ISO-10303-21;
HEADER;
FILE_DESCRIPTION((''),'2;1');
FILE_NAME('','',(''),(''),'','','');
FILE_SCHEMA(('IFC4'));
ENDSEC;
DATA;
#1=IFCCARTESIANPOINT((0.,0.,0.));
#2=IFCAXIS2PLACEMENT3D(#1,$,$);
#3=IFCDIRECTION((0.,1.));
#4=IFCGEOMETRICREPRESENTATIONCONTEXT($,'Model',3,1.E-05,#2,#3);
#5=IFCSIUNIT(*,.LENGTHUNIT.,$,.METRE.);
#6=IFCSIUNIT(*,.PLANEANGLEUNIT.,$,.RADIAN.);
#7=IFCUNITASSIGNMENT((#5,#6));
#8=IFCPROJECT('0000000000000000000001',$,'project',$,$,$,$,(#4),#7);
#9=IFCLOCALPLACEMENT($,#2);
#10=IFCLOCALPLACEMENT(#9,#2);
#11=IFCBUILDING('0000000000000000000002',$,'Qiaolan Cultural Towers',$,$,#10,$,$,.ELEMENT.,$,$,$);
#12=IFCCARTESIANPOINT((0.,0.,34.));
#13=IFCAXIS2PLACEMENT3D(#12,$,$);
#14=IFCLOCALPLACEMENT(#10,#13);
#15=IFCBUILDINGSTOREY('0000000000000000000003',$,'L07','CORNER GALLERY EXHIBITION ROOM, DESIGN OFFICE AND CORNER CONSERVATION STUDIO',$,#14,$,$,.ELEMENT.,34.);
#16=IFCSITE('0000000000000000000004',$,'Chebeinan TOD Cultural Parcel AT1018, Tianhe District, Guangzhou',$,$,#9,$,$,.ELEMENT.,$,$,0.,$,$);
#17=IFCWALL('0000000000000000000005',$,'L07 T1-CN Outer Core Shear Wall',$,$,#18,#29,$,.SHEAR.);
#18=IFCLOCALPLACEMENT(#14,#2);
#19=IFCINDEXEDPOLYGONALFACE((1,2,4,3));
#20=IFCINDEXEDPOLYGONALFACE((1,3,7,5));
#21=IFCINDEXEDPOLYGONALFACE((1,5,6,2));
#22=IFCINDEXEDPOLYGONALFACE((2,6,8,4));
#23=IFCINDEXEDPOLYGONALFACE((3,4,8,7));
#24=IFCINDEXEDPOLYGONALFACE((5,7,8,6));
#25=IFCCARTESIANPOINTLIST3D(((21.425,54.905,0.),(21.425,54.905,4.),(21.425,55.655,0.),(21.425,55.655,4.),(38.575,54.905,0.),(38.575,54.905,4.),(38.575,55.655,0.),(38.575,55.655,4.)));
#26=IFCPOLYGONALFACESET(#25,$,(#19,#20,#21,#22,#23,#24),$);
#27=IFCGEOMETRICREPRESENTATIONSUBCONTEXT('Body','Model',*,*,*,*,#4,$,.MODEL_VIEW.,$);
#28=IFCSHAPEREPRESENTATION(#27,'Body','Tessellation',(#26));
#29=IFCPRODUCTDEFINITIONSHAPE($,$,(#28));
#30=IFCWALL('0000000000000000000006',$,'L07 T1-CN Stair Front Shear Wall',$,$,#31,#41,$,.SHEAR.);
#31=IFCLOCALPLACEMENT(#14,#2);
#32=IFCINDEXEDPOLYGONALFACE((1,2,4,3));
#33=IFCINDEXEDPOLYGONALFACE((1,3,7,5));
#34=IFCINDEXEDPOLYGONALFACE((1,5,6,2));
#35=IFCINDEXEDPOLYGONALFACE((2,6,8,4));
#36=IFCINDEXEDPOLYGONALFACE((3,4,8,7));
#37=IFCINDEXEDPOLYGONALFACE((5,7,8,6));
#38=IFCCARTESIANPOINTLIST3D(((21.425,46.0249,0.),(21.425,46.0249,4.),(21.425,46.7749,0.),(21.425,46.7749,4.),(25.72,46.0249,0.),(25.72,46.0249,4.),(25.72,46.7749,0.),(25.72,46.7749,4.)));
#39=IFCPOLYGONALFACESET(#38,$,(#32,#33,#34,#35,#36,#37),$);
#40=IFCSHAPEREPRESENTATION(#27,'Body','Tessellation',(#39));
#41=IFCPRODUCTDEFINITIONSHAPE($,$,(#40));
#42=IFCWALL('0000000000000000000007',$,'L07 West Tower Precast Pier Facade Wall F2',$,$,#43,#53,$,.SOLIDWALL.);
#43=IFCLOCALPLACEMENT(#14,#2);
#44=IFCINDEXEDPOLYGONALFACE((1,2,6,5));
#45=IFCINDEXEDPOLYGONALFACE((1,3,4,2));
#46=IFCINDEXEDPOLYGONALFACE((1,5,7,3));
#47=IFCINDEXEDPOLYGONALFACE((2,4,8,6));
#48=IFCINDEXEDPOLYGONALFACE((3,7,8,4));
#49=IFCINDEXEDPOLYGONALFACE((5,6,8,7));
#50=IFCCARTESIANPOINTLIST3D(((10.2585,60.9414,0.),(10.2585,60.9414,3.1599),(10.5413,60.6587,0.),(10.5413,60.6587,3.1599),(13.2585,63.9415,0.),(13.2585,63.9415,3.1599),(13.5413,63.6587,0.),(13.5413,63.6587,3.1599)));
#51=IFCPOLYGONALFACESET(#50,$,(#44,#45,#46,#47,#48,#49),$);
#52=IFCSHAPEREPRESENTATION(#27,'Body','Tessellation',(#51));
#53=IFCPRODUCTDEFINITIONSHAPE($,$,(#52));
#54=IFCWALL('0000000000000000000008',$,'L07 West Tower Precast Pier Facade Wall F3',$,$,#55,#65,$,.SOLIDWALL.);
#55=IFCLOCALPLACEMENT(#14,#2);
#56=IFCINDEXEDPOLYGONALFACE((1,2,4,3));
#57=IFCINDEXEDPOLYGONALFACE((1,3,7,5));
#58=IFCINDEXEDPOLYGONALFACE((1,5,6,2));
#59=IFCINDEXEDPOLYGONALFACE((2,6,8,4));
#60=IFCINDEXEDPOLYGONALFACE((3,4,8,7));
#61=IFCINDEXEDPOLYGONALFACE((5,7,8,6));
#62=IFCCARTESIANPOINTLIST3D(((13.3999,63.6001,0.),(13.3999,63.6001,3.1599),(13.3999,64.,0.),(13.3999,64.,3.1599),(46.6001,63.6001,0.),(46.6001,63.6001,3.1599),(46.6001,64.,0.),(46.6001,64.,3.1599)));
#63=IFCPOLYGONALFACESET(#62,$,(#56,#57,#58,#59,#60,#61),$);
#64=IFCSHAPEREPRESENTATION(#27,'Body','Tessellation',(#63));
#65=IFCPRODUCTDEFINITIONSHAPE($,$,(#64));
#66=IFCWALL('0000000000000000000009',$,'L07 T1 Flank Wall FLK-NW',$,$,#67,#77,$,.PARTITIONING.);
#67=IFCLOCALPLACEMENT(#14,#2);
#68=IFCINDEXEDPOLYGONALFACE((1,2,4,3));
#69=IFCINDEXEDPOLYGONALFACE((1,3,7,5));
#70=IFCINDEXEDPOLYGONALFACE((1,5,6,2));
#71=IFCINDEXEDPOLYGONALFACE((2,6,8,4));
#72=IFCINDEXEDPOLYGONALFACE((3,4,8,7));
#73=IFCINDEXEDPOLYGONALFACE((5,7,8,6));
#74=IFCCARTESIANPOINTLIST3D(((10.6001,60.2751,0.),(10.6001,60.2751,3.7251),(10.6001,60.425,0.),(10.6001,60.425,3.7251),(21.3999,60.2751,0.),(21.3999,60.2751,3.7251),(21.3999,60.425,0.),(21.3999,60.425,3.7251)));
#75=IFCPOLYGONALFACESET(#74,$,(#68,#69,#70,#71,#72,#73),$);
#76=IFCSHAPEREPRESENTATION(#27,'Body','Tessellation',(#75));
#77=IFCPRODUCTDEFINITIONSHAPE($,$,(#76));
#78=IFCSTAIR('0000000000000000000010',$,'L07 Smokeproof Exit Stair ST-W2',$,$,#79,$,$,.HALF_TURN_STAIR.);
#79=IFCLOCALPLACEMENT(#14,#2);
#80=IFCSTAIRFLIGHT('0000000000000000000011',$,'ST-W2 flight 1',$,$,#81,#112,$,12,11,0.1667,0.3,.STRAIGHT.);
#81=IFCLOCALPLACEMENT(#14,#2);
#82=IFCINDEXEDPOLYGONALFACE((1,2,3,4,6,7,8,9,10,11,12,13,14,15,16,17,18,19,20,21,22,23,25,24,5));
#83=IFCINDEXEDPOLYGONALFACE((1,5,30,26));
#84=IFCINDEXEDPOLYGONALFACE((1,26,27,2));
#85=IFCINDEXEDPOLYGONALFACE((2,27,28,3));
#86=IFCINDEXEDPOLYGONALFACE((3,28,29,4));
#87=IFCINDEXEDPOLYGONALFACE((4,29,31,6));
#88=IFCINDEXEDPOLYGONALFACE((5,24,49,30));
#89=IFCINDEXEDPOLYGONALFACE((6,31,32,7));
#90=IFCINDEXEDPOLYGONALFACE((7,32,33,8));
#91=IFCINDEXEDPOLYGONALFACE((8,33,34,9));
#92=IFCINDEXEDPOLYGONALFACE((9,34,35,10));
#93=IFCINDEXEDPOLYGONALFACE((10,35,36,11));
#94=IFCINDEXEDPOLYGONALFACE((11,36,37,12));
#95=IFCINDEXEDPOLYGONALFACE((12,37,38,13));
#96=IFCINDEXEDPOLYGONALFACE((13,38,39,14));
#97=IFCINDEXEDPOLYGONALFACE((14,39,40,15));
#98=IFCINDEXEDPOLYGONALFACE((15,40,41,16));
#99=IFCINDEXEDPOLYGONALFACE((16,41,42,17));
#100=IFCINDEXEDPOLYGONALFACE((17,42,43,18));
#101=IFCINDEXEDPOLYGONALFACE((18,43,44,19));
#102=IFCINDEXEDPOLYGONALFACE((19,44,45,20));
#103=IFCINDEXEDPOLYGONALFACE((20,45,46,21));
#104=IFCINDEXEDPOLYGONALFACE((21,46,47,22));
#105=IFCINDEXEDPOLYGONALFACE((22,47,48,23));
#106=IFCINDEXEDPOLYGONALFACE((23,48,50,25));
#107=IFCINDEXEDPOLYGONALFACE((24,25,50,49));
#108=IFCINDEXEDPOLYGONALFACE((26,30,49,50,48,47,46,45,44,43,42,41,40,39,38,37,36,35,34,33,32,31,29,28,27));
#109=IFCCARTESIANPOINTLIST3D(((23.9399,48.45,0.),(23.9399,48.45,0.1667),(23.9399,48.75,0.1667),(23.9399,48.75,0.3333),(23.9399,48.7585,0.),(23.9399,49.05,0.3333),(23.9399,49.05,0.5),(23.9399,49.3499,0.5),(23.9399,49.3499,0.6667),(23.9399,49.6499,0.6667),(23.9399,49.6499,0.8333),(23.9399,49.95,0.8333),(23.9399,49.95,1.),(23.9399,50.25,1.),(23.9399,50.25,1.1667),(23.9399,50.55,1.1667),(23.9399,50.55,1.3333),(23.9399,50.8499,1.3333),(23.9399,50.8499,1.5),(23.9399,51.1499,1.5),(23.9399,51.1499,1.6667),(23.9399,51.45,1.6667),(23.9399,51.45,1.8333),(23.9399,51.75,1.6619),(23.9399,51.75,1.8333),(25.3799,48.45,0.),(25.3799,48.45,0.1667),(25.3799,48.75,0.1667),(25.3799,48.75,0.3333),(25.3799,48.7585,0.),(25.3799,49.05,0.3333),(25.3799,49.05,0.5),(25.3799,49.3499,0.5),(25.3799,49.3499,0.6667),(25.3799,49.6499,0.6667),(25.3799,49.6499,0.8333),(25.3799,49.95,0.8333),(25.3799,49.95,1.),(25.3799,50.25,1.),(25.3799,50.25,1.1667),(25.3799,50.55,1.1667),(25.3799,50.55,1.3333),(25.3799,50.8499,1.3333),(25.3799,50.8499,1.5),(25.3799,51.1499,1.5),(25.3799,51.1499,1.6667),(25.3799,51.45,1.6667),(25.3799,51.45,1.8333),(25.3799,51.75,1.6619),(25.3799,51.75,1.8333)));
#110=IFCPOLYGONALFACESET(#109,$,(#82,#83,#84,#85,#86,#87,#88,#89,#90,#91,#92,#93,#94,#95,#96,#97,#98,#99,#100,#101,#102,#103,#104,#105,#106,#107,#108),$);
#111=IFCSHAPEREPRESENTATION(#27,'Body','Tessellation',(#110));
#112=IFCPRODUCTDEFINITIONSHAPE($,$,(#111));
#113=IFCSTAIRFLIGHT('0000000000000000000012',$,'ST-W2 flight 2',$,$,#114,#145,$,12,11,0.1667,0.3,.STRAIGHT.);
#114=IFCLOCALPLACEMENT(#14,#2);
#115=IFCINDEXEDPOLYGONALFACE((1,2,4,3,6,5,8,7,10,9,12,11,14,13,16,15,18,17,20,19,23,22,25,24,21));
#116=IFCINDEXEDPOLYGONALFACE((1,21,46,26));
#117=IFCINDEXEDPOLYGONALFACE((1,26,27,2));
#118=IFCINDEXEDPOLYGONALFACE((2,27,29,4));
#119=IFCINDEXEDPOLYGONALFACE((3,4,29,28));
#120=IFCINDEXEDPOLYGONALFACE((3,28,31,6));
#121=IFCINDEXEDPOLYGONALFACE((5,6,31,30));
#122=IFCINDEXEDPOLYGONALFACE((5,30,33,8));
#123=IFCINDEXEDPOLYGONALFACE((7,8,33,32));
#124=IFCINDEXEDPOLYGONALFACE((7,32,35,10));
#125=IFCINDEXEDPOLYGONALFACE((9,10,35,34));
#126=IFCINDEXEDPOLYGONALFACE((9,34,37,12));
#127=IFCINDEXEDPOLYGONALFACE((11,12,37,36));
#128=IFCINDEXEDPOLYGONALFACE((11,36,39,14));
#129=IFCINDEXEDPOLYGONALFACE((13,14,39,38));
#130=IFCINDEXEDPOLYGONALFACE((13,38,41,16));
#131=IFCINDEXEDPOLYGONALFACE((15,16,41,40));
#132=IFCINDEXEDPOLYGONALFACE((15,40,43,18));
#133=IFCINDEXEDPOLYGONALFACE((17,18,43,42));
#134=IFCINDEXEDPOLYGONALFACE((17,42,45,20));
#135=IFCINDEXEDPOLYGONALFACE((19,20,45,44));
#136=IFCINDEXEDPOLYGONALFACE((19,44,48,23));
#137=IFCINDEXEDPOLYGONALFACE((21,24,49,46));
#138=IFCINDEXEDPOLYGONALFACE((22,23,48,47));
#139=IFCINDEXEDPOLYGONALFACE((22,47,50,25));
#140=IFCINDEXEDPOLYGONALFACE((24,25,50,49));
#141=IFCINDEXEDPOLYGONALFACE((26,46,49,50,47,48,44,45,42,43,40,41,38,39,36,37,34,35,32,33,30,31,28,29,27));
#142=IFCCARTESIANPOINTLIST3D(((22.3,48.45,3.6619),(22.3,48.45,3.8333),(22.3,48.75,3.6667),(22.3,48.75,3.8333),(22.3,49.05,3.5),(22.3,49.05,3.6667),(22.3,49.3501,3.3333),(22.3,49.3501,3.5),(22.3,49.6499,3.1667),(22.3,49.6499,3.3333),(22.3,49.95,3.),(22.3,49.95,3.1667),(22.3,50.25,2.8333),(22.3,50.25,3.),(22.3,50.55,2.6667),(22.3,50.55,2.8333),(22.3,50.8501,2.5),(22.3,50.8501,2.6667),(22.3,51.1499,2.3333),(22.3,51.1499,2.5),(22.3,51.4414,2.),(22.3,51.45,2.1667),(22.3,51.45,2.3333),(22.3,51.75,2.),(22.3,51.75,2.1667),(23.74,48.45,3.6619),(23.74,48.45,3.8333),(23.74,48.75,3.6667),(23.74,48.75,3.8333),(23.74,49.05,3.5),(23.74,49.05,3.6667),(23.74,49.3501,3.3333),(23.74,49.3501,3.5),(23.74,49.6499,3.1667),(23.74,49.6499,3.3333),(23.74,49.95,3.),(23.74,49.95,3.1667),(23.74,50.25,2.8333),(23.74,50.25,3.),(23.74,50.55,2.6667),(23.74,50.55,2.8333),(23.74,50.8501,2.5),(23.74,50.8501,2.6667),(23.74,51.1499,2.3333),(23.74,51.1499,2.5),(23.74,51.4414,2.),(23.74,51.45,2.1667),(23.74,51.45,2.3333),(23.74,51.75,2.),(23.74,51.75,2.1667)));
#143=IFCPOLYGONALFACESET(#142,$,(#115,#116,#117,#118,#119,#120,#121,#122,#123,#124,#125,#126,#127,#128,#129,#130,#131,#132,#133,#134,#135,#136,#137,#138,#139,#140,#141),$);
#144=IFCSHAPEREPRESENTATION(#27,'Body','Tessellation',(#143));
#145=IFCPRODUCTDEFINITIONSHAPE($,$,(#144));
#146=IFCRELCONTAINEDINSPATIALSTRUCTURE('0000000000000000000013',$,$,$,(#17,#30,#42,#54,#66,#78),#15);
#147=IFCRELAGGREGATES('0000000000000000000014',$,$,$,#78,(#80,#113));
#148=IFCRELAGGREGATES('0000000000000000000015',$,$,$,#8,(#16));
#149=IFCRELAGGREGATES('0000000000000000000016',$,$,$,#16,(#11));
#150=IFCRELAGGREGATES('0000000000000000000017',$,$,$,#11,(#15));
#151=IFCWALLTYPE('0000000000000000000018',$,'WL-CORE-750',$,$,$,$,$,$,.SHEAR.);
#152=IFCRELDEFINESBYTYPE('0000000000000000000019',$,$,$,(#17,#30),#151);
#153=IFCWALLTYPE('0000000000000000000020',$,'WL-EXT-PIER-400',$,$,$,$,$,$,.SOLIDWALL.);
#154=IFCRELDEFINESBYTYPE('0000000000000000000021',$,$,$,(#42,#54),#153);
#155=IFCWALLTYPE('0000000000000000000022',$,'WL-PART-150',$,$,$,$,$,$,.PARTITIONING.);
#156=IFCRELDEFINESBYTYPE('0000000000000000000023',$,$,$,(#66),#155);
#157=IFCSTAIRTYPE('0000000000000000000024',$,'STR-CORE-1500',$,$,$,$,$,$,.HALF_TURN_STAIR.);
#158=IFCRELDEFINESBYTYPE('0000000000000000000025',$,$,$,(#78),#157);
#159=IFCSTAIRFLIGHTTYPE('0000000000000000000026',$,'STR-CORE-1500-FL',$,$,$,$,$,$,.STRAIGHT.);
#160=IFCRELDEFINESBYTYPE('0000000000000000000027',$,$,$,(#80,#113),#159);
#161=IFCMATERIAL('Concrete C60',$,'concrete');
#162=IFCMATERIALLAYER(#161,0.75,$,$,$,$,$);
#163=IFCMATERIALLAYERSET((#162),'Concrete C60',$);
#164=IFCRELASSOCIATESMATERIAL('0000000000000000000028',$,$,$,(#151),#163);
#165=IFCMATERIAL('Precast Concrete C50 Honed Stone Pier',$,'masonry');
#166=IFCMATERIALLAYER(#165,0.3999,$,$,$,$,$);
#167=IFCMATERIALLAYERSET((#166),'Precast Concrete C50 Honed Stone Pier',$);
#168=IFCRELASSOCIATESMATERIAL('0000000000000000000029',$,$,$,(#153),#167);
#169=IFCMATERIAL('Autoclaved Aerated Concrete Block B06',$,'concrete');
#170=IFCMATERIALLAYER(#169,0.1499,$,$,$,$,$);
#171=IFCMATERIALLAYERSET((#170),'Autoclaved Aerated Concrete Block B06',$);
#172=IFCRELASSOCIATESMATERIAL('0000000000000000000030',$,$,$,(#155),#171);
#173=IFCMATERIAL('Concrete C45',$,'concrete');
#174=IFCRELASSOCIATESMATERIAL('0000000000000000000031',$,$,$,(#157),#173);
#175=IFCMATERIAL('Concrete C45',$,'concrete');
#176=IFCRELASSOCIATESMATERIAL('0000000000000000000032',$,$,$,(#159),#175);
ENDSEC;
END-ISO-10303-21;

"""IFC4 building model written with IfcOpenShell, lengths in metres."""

from ifc_helpers import new_model, si_unit, direction, frame, frame_2d, origin, place, context, subcontext, project, spatial, polyline, rectangle, outline, extrude, material, layer, layer_set, type_object, element, aggregate, save


model = new_model("IFC4")

# Units and contexts
model_context = context("Model", 3, precision=1e-05, world=origin(), true_north=direction((0.0, 1.0)))
body_context = subcontext(model_context, "Body", "Model", "MODEL_VIEW")
ifc_project = project(units=[si_unit("LENGTHUNIT", "METRE"), si_unit("PLANEANGLEUNIT", "RADIAN")], contexts=[model_context])

# Site, building, storey
site_placement = place(None, origin())
site = spatial("IfcSite", under=ifc_project, at=site_placement, Name="Chebeinan TOD Cultural Parcel AT1018, Tianhe District, Guangzhou", CompositionType="ELEMENT", RefElevation=0.0)
building_placement = place(site_placement, origin())
building = spatial("IfcBuilding", under=site, at=building_placement, Name="Qiaolan Cultural Towers", CompositionType="ELEMENT")
storey_placement = place(building_placement, frame((0.0, 0.0, 34.0)))
storey = spatial("IfcBuildingStorey", under=building, at=storey_placement, Name="L07", Description="CORNER GALLERY EXHIBITION ROOM, DESIGN OFFICE AND CORNER CONSERVATION STUDIO", CompositionType="ELEMENT", Elevation=34.0)

# Walls
ifc_material_1 = material(Name="Concrete C60", Category="concrete")
ifc_layer_1 = layer(ifc_material_1, 0.75)
ifc_layer_set_1 = layer_set([ifc_layer_1], Name="Concrete C60")
wall_type_1 = type_object("IfcWallType", Name="WL-CORE-750", PredefinedType="SHEAR", material=ifc_layer_set_1)
wall_1_placement = place(storey_placement, frame((21.425, 55.28, 0.0), z_axis=(0.0, 0.0, 1.0), x_axis=(1.0, 0.0, 0.0)))
element("IfcWall", 1, at=wall_1_placement, inside=storey, type_object=wall_type_1, Name="L07 T1-CN Outer Core Shear Wall", PredefinedType="SHEAR", context=body_context, shape_type="SweptSolid", body=[
    extrude(rectangle(XDim=17.1499, YDim=0.75, at=frame_2d((8.575, 0.0))), origin(), (0.0, 0.0, 1.0), 4.0),
])
wall_2_placement = place(storey_placement, frame((21.425, 46.3999, 0.0), z_axis=(0.0, 0.0, 1.0), x_axis=(1.0, 0.0, 0.0)))
element("IfcWall", 2, at=wall_2_placement, inside=storey, type_object=wall_type_1, Name="L07 T1-CN Stair Front Shear Wall", PredefinedType="SHEAR", context=body_context, shape_type="SweptSolid", body=[
    extrude(rectangle(XDim=4.2949, YDim=0.75, at=frame_2d((2.1475, 0.0))), origin(), (0.0, 0.0, 1.0), 4.0),
])
ifc_material_2 = material(Name="Precast Concrete C50 Honed Stone Pier", Category="masonry")
ifc_layer_2 = layer(ifc_material_2, 0.3999)
ifc_layer_set_2 = layer_set([ifc_layer_2], Name="Precast Concrete C50 Honed Stone Pier")
wall_type_2 = type_object("IfcWallType", Name="WL-EXT-PIER-400", PredefinedType="SOLIDWALL", material=ifc_layer_set_2)
wall_3_placement = place(storey_placement, frame((10.3999, 60.8, 0.0), z_axis=(0.0, 0.0, 1.0), x_axis=(0.707107, 0.707107, 0.0)))
element("IfcWall", 3, at=wall_3_placement, inside=storey, type_object=wall_type_2, Name="L07 West Tower Precast Pier Facade Wall F2", PredefinedType="SOLIDWALL", context=body_context, shape_type="SweptSolid", body=[
    extrude(rectangle(XDim=4.2427, YDim=0.3999, at=frame_2d((2.1213, 0.0))), origin(), (0.0, 0.0, 1.0), 3.1599),
])
wall_4_placement = place(storey_placement, frame((13.3999, 63.8, 0.0), z_axis=(0.0, 0.0, 1.0), x_axis=(1.0, 0.0, 0.0)))
element("IfcWall", 4, at=wall_4_placement, inside=storey, type_object=wall_type_2, Name="L07 West Tower Precast Pier Facade Wall F3", PredefinedType="SOLIDWALL", context=body_context, shape_type="SweptSolid", body=[
    extrude(rectangle(XDim=33.2002, YDim=0.3999, at=frame_2d((16.6001, 0.0))), origin(), (0.0, 0.0, 1.0), 3.1599),
])
ifc_material_3 = material(Name="Autoclaved Aerated Concrete Block B06", Category="concrete")
ifc_layer_3 = layer(ifc_material_3, 0.1499)
ifc_layer_set_3 = layer_set([ifc_layer_3], Name="Autoclaved Aerated Concrete Block B06")
wall_type_3 = type_object("IfcWallType", Name="WL-PART-150", PredefinedType="PARTITIONING", material=ifc_layer_set_3)
wall_5_placement = place(storey_placement, frame((10.6001, 60.3501, 0.0), z_axis=(0.0, 0.0, 1.0), x_axis=(1.0, 0.0, 0.0)))
element("IfcWall", 5, at=wall_5_placement, inside=storey, type_object=wall_type_3, Name="L07 T1 Flank Wall FLK-NW", PredefinedType="PARTITIONING", context=body_context, shape_type="SweptSolid", body=[
    extrude(rectangle(XDim=10.7998, YDim=0.1499, at=frame_2d((5.3999, 0.0))), origin(), (0.0, 0.0, 1.0), 3.7251),
])

# Stair, stair flights
ifc_material_4 = material(Name="Concrete C45", Category="concrete")
stair_type = type_object("IfcStairType", Name="STR-CORE-1500", PredefinedType="HALF_TURN_STAIR", material=ifc_material_4)
stair_placement = place(storey_placement, origin())
stair = element("IfcStair", 6, at=stair_placement, inside=storey, type_object=stair_type, Name="L07 Smokeproof Exit Stair ST-W2", PredefinedType="HALF_TURN_STAIR")
ifc_material_5 = material(Name="Concrete C45", Category="concrete")
stair_flight_type = type_object("IfcStairFlightType", Name="STR-CORE-1500-FL", PredefinedType="STRAIGHT", material=ifc_material_5)
stair_flight_1_placement = place(storey_placement, frame((24.6599, 48.45, 0.0), z_axis=(0.0, 0.0, 1.0), x_axis=(0.0, 1.0, 0.0)))
stair_flight_1 = element("IfcStairFlight", 7, at=stair_flight_1_placement, type_object=stair_flight_type, Name="ST-W2 flight 1", NumberOfRisers=12, NumberOfTreads=11, PredefinedType="STRAIGHT", RiserHeight=0.1667, TreadLength=0.3, context=body_context, shape_type="SweptSolid", body=[
    extrude(outline(polyline([(0.0, 0.0), (0.0, 0.1667), (0.3, 0.1667), (0.3, 0.3333), (0.6001, 0.3333), (0.6001, 0.5), (0.8999, 0.5), (0.8999, 0.6667), (1.2, 0.6667), (1.2, 0.8333), (1.5, 0.8333), (1.5, 1.0), (1.8, 1.0), (1.8, 1.1667), (2.1001, 1.1667), (2.1001, 1.3333), (2.3999, 1.3333), (2.3999, 1.5), (2.7, 1.5), (2.7, 1.6667), (3.0, 1.6667), (3.0, 1.8333), (3.3, 1.8333), (3.3, 2.0), (3.3, 1.6619), (0.3086, 0.0), (0.0, 0.0)])), frame((0.0, 0.72, 0.0), z_axis=(0.0, -1.0, 0.0), x_axis=(1.0, 0.0, 0.0)), (0.0, 0.0, 1.0), 1.4399),
])
stair_flight_2_placement = place(storey_placement, frame((23.02, 51.75, 2.0), z_axis=(0.0, 0.0, 1.0), x_axis=(0.0, -1.0, 0.0)))
stair_flight_2 = element("IfcStairFlight", 8, at=stair_flight_2_placement, type_object=stair_flight_type, Name="ST-W2 flight 2", NumberOfRisers=12, NumberOfTreads=11, PredefinedType="STRAIGHT", RiserHeight=0.1667, TreadLength=0.3, context=body_context, shape_type="SweptSolid", body=[
    extrude(outline(polyline([(0.0, 0.0), (0.0, 0.1667), (0.3, 0.1667), (0.3, 0.3333), (0.6001, 0.3333), (0.6001, 0.5), (0.8999, 0.5), (0.8999, 0.6667), (1.2, 0.6667), (1.2, 0.8333), (1.5, 0.8333), (1.5, 1.0), (1.8, 1.0), (1.8, 1.1667), (2.1001, 1.1667), (2.1001, 1.3333), (2.3999, 1.3333), (2.3999, 1.5), (2.7, 1.5), (2.7, 1.6667), (3.0, 1.6667), (3.0, 1.8333), (3.3, 1.8333), (3.3, 2.0), (3.3, 1.6619), (0.3086, 0.0), (0.0, 0.0)])), frame((0.0, 0.72, 0.0), z_axis=(0.0, -1.0, 0.0), x_axis=(1.0, 0.0, 0.0)), (0.0, 0.0, 1.0), 1.4399),
])
aggregate(stair, [stair_flight_1, stair_flight_2])

save(model, "model.ifc")
